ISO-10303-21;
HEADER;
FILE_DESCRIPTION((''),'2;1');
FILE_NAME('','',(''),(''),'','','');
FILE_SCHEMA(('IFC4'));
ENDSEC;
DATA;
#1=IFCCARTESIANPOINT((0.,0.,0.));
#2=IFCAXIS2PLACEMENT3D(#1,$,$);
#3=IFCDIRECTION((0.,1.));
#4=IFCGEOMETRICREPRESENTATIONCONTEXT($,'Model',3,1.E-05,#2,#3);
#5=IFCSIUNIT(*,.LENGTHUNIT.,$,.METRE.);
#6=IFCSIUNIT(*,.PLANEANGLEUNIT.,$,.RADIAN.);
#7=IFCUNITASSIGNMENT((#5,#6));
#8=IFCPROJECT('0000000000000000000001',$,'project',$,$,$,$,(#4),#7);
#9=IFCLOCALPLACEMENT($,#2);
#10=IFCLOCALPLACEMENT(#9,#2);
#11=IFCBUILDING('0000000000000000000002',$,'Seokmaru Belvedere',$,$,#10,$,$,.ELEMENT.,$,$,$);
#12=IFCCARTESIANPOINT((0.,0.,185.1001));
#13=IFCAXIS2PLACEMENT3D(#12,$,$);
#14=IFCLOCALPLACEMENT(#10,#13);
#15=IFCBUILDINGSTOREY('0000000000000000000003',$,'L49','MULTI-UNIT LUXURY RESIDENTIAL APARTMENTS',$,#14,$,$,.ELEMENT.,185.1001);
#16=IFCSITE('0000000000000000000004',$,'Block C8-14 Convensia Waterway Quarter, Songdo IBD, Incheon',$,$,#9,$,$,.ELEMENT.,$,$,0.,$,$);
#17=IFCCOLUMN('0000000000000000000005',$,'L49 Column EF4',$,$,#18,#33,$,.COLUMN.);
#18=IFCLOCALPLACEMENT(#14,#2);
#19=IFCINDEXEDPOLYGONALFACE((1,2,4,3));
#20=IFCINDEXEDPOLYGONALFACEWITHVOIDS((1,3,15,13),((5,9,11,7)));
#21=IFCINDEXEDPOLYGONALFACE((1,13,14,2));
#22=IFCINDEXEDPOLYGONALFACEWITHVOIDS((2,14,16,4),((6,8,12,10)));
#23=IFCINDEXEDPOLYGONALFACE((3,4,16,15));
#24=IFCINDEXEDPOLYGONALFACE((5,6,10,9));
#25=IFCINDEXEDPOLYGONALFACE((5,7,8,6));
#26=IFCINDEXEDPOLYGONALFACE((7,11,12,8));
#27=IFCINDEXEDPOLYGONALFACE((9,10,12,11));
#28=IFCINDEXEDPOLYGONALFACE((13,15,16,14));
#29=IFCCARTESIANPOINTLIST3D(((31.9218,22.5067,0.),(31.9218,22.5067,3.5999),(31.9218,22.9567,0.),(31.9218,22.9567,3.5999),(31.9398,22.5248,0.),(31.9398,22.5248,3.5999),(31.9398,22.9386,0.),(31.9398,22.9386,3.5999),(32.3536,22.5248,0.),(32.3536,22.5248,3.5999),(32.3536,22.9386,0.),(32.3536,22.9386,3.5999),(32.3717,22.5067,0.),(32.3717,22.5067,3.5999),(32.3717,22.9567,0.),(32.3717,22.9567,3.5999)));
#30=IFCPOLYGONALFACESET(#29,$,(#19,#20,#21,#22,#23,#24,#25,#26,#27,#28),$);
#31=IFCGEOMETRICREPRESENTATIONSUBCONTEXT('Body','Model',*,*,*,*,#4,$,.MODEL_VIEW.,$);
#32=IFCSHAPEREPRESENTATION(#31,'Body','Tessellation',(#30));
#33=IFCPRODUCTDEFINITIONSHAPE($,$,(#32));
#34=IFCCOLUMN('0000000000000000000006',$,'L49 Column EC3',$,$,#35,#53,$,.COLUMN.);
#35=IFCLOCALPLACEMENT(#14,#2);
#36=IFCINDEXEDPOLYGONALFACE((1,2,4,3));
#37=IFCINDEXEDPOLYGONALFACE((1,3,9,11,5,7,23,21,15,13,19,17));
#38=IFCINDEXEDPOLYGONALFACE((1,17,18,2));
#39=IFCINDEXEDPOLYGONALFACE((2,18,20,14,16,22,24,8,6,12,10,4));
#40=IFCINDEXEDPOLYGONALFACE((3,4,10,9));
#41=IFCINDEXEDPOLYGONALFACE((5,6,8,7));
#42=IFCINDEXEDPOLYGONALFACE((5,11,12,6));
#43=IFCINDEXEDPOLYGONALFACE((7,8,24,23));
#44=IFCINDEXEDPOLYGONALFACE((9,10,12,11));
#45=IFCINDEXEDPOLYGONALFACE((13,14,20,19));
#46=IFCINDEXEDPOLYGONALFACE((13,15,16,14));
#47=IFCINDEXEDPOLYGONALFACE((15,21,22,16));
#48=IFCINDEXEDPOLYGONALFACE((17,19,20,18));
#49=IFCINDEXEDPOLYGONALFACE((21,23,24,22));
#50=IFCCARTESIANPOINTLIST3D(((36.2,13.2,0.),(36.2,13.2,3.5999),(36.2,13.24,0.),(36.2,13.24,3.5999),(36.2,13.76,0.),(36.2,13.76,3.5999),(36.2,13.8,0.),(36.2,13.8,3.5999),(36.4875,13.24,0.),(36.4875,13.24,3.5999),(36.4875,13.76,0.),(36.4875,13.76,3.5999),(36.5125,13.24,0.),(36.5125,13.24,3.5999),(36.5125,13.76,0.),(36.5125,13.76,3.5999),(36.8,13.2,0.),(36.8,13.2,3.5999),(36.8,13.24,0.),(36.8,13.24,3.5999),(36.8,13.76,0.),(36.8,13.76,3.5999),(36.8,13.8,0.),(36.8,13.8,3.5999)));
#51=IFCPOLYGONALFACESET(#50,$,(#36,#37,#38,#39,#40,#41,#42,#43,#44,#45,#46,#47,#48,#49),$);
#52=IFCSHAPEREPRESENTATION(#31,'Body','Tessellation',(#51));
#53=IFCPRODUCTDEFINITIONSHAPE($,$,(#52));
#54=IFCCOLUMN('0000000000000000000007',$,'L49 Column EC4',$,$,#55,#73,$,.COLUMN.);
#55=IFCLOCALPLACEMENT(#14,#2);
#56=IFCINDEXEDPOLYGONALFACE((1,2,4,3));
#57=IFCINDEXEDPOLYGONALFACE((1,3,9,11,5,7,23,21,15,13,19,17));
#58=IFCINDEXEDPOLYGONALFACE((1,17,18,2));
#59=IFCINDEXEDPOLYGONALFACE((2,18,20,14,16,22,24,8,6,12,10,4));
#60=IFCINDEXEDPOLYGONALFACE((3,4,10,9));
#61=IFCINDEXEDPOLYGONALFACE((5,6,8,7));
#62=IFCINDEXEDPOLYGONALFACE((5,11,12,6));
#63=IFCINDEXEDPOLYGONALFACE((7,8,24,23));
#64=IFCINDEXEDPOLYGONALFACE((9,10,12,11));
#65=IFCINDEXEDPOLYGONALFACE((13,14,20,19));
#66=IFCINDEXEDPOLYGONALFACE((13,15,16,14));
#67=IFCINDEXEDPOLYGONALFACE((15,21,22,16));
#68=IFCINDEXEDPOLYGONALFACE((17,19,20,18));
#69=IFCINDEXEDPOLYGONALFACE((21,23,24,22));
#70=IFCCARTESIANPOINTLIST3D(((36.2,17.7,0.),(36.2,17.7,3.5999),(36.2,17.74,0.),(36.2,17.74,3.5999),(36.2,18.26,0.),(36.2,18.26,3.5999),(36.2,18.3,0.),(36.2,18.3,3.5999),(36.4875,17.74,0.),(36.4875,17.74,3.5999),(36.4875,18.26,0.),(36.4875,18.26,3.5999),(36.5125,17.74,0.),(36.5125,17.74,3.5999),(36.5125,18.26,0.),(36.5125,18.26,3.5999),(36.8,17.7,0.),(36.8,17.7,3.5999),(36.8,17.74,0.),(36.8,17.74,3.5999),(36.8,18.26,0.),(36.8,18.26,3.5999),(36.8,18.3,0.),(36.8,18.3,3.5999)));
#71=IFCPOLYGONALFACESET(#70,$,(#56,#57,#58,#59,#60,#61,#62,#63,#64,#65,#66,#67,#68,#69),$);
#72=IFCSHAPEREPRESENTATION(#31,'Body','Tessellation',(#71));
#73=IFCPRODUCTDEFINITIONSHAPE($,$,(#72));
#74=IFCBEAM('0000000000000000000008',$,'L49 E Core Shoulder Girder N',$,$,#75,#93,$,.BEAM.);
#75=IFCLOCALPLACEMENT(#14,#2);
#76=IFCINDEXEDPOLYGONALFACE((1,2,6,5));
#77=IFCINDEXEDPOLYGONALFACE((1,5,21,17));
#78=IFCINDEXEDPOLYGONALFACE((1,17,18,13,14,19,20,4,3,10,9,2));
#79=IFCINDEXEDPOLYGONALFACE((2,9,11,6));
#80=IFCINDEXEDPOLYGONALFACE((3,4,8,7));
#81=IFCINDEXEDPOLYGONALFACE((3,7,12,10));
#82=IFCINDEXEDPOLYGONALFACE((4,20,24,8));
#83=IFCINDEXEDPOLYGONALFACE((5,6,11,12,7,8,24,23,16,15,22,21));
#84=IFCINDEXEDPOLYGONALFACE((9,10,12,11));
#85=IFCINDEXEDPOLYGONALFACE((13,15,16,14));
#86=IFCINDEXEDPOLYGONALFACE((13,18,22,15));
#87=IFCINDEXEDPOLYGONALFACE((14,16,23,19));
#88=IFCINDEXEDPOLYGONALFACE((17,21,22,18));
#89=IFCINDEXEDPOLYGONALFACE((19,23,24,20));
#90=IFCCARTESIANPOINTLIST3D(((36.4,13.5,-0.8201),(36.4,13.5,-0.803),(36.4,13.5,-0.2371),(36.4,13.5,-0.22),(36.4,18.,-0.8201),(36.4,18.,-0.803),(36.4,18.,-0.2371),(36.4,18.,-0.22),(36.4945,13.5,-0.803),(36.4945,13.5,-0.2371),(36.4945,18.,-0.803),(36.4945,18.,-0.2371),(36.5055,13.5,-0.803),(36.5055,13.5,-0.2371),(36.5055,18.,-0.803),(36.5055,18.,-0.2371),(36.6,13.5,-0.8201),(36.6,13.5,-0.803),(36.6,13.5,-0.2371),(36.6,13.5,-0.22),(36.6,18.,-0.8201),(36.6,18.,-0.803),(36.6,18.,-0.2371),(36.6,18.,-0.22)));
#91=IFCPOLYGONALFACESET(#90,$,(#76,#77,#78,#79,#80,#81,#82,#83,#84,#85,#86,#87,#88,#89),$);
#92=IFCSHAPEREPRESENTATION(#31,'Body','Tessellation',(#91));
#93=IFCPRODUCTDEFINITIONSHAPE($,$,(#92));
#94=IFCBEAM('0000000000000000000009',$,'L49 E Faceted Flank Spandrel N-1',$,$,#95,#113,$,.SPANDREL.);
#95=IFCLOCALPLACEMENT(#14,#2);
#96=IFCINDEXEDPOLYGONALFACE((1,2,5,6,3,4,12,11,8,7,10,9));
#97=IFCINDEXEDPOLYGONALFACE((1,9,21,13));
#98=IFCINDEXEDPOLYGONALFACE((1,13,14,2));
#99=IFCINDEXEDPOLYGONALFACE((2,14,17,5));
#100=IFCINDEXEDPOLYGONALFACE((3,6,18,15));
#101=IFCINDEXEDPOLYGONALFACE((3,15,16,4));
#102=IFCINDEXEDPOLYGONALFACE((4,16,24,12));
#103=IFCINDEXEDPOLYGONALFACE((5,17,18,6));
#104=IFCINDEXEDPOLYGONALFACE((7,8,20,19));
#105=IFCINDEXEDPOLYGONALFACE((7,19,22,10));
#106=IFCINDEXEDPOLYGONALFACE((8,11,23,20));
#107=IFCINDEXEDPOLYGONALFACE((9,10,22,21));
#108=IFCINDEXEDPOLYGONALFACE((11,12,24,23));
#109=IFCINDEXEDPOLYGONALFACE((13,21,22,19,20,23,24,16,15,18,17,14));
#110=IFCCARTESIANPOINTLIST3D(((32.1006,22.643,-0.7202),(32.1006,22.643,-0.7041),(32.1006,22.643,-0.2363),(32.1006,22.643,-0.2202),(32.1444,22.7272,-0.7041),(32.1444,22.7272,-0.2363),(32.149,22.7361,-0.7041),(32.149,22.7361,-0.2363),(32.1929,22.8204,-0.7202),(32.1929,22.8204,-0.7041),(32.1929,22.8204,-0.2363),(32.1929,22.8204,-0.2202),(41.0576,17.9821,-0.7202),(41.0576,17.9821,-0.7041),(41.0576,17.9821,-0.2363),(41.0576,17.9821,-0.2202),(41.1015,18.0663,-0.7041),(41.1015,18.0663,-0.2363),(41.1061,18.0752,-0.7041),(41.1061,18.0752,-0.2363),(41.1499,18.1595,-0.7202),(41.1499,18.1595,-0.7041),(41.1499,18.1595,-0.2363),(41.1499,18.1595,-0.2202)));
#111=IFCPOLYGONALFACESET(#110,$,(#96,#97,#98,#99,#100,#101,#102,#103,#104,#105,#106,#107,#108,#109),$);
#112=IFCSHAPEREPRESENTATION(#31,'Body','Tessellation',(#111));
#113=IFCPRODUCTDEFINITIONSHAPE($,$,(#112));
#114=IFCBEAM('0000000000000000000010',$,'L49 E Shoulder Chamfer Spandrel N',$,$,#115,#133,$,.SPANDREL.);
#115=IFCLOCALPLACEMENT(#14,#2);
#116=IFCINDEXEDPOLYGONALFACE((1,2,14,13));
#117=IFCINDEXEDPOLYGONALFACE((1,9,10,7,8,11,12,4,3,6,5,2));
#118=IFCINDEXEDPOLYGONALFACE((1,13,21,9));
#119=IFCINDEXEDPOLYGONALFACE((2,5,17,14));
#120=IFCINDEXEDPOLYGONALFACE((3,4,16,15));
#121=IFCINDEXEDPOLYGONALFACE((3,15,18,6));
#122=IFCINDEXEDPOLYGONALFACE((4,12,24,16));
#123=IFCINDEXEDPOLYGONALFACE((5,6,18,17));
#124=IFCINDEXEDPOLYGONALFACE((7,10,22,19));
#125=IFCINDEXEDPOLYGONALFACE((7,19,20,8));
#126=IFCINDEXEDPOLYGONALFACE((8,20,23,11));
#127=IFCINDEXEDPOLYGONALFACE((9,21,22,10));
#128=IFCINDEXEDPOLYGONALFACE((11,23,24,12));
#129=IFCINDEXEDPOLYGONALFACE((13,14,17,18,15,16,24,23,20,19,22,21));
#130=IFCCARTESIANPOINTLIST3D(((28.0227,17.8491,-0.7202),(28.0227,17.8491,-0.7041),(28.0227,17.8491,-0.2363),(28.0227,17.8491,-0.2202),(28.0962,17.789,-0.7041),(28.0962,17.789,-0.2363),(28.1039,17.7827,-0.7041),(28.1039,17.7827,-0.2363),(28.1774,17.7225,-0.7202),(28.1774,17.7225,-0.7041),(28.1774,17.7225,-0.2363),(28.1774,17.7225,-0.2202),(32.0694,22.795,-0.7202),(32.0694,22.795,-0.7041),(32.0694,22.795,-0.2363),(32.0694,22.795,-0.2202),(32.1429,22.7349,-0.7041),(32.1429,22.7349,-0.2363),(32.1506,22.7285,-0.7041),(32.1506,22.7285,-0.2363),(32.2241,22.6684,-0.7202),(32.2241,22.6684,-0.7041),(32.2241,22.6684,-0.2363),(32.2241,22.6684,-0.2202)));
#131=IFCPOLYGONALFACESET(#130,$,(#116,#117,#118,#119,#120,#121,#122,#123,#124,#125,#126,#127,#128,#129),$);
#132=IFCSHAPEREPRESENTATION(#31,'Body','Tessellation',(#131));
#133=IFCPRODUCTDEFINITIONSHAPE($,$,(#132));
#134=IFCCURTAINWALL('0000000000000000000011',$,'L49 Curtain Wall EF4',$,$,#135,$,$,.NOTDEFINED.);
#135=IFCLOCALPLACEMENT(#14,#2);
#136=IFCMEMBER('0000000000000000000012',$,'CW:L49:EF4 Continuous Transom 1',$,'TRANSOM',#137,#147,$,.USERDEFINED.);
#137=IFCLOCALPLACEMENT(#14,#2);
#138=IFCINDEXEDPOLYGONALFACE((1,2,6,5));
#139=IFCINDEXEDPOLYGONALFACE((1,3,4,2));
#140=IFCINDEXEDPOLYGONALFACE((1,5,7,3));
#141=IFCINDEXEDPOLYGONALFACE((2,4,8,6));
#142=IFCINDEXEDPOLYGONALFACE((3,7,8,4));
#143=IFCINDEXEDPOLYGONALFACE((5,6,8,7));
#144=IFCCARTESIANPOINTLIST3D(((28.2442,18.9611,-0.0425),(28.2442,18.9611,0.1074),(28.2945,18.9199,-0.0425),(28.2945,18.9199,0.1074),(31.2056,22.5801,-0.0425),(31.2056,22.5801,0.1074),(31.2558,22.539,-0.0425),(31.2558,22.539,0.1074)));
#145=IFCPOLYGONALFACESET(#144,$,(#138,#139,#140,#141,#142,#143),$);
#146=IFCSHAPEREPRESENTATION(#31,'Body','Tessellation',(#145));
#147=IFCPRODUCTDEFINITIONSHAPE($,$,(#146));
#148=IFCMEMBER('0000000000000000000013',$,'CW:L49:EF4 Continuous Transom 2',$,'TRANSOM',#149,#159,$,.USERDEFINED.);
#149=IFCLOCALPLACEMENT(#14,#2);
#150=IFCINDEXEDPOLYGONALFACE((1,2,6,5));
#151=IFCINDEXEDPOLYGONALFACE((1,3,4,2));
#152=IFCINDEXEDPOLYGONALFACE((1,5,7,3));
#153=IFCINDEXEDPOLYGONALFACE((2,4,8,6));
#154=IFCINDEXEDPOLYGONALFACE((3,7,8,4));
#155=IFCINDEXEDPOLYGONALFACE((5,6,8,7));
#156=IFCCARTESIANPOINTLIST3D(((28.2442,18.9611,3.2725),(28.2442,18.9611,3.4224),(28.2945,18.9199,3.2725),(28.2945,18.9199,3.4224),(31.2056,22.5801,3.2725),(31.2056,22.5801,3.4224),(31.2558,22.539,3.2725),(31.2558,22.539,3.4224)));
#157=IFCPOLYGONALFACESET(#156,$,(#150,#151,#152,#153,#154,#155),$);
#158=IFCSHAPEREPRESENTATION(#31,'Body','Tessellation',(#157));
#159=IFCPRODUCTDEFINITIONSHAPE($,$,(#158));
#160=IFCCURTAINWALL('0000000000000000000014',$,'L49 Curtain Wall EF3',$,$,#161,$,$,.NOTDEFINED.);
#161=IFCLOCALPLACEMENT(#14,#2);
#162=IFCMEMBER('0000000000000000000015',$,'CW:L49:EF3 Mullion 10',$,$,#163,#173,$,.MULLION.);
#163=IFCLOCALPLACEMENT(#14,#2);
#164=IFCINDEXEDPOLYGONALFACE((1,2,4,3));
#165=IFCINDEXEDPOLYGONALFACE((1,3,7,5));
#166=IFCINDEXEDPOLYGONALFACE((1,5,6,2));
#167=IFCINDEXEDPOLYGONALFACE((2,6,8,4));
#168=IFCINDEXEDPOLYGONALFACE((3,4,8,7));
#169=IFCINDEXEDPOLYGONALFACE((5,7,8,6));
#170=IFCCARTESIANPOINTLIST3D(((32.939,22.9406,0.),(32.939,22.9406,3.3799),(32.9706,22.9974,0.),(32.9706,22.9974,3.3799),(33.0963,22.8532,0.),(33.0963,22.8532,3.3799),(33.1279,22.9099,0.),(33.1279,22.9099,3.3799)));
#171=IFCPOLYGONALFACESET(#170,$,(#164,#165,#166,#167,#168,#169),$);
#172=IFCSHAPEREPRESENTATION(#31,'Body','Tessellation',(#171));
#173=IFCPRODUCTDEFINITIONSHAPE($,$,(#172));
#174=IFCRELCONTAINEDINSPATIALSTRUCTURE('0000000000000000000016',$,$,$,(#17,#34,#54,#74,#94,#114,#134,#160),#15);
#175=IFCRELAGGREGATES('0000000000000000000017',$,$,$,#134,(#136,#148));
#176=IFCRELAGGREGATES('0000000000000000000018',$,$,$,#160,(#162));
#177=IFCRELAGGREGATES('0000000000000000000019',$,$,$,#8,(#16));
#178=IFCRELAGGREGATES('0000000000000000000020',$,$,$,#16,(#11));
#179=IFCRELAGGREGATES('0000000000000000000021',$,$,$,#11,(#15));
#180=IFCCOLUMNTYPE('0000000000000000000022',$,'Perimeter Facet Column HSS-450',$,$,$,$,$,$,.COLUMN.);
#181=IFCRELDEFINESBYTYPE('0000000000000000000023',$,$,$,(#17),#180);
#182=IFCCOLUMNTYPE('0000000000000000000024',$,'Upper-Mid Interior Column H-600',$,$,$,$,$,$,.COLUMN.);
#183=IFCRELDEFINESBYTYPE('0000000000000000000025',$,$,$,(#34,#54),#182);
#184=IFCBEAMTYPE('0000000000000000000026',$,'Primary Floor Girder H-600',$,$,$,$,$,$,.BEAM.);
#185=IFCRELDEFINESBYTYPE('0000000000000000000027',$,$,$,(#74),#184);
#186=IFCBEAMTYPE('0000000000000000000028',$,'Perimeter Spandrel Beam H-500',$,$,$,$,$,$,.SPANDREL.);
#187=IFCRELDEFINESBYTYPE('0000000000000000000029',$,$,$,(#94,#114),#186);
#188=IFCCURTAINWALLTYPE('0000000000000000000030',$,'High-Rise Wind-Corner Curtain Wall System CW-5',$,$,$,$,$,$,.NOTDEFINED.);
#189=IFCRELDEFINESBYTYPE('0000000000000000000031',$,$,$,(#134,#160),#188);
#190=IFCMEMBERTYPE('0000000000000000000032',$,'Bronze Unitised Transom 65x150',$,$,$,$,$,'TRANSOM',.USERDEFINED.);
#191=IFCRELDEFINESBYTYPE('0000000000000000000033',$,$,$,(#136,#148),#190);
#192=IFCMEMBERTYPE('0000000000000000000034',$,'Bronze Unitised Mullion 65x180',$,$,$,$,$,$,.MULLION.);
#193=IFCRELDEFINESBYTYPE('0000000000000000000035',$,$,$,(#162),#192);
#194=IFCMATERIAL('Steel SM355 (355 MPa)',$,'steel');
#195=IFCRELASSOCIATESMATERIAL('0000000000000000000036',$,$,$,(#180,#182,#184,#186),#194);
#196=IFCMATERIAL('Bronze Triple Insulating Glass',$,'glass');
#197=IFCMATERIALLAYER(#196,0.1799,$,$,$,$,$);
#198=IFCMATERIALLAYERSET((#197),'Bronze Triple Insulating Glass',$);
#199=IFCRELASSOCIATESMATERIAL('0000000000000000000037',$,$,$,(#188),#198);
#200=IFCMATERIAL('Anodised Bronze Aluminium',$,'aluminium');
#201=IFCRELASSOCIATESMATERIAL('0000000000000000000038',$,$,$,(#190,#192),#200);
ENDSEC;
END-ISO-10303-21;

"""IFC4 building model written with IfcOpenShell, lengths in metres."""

from ifc_helpers import new_model, si_unit, direction, frame, origin, origin_2d, place, context, subcontext, project, spatial, rectangle, hollow_rectangle, i_section, extrude, source, transform, mapped, material, layer, layer_set, material_profile, profile_set, type_object, type_shapes, element, aggregate, save


model = new_model("IFC4")

# Units and contexts
model_context = context("Model", 3, precision=1e-05, world=origin(), true_north=direction((0.0, 1.0)))
body_context = subcontext(model_context, "Body", "Model", "MODEL_VIEW")
ifc_project = project(units=[si_unit("LENGTHUNIT", "METRE"), si_unit("PLANEANGLEUNIT", "RADIAN")], contexts=[model_context])

# Site, building, storey
site_placement = place(None, origin())
site = spatial("IfcSite", under=ifc_project, at=site_placement, Name="Block C8-14 Convensia Waterway Quarter, Songdo IBD, Incheon", CompositionType="ELEMENT", RefElevation=0.0)
building_placement = place(site_placement, origin())
building = spatial("IfcBuilding", under=site, at=building_placement, Name="Seokmaru Belvedere", CompositionType="ELEMENT")
storey_placement = place(building_placement, frame((0.0, 0.0, 185.1001)))
storey = spatial("IfcBuildingStorey", under=building, at=storey_placement, Name="L49", Description="MULTI-UNIT LUXURY RESIDENTIAL APARTMENTS", CompositionType="ELEMENT", Elevation=185.1001)

# Columns
ifc_material_1 = material(Name="Steel SM355 (355 MPa)", Category="steel")
ifc_material_profile_1 = material_profile(ifc_material_1, hollow_rectangle(XDim=0.45, YDim=0.45, WallThickness=0.0181, at=origin_2d()), Name="HSS-450x450x18")
ifc_profile_set_1 = profile_set([ifc_material_profile_1], Name="Steel SM355 (355 MPa)")
column_type_1 = type_object("IfcColumnType", Name="Perimeter Facet Column HSS-450", PredefinedType="COLUMN", material=ifc_profile_set_1)
shared_shape_1 = source(origin(), body_context, "Body", "SweptSolid", [
    extrude(hollow_rectangle(XDim=0.45, YDim=0.45, WallThickness=0.0181, at=origin_2d()), origin(), (0.0, 0.0, 1.0), 3.5999),
])
type_shapes(column_type_1, [shared_shape_1])
column_placement = place(storey_placement, frame((32.1467, 22.7317, 0.0), z_axis=(0.0, 0.0, 1.0), x_axis=(1.0, 0.0, 0.0)))
element("IfcColumn", 1, at=column_placement, inside=storey, type_object=column_type_1, Name="L49 Column EF4", PredefinedType="COLUMN", context=body_context, shape_type="MappedRepresentation", body=[
    mapped(shared_shape_1, transform((0.0, 0.0, 0.0), scale=1.0)),
])
ifc_material_profile_2 = material_profile(ifc_material_1, i_section(OverallWidth=0.6001, OverallDepth=0.6001, WebThickness=0.0249, FlangeThickness=0.04, at=origin_2d()), Name="H-600x600x25x40")
ifc_profile_set_2 = profile_set([ifc_material_profile_2], Name="Steel SM355 (355 MPa)")
column_type_2 = type_object("IfcColumnType", Name="Upper-Mid Interior Column H-600", PredefinedType="COLUMN", material=ifc_profile_set_2)
shared_shape_2 = source(origin(), body_context, "Body", "SweptSolid", [
    extrude(i_section(OverallWidth=0.6001, OverallDepth=0.6001, WebThickness=0.0249, FlangeThickness=0.04, at=origin_2d()), origin(), (0.0, 0.0, 1.0), 3.5999),
])
type_shapes(column_type_2, [shared_shape_2])
for number, where, z_axis, x_axis, name in (
    (2, (36.5, 13.5, 0.0), (0.0, 0.0, 1.0), (1.0, 0.0, 0.0), "L49 Column EC3"),
    (3, (36.5, 18.0, 0.0), (0.0, 0.0, 1.0), (1.0, 0.0, 0.0), "L49 Column EC4"),
):
    element("IfcColumn", number, at=place(storey_placement, frame(where, z_axis=z_axis, x_axis=x_axis)), inside=storey, type_object=column_type_2, Name=name, PredefinedType="COLUMN", context=body_context, shape_type="MappedRepresentation", body=[
        mapped(shared_shape_2, transform((0.0, 0.0, 0.0), scale=1.0)),
    ])

# Beams
ifc_material_profile_3 = material_profile(ifc_material_1, i_section(OverallWidth=0.2, OverallDepth=0.6001, WebThickness=0.011, FlangeThickness=0.0171, at=origin_2d()), Name="H-600x200x11x17")
ifc_profile_set_3 = profile_set([ifc_material_profile_3], Name="Steel SM355 (355 MPa)")
beam_type_1 = type_object("IfcBeamType", Name="Primary Floor Girder H-600", PredefinedType="BEAM", material=ifc_profile_set_3)
shared_shape_3 = source(origin(), body_context, "Body", "SweptSolid", [
    extrude(i_section(OverallWidth=0.2, OverallDepth=0.6001, WebThickness=0.011, FlangeThickness=0.0171, at=origin_2d()), origin(), (0.0, 0.0, 1.0), 4.5),
])
type_shapes(beam_type_1, [shared_shape_3])
beam_1_placement = place(storey_placement, frame((36.5, 13.5, -0.52), z_axis=(0.0, 1.0, 0.0), x_axis=(-1.0, 0.0, 0.0)))
element("IfcBeam", 4, at=beam_1_placement, inside=storey, type_object=beam_type_1, Name="L49 E Core Shoulder Girder N", PredefinedType="BEAM", context=body_context, shape_type="MappedRepresentation", body=[
    mapped(shared_shape_3, transform((0.0, 0.0, 0.0), scale=1.0)),
])
ifc_material_profile_4 = material_profile(ifc_material_1, i_section(OverallWidth=0.2, OverallDepth=0.5, WebThickness=0.01, FlangeThickness=0.0161, at=origin_2d()), Name="H-500x200x10x16")
ifc_profile_set_4 = profile_set([ifc_material_profile_4], Name="Steel SM355 (355 MPa)")
beam_type_2 = type_object("IfcBeamType", Name="Perimeter Spandrel Beam H-500", PredefinedType="SPANDREL", material=ifc_profile_set_4)
shared_shape_4 = source(origin(), body_context, "Body", "SweptSolid", [
    extrude(i_section(OverallWidth=0.2, OverallDepth=0.5, WebThickness=0.01, FlangeThickness=0.0161, at=origin_2d()), origin(), (0.0, 0.0, 1.0), 10.0972),
])
beam_2_placement = place(storey_placement, frame((32.1467, 22.7317, -0.4702), z_axis=(0.887086, -0.461605, 0.0), x_axis=(0.461605, 0.887086, 0.0)))
element("IfcBeam", 5, at=beam_2_placement, inside=storey, type_object=beam_type_2, Name="L49 E Faceted Flank Spandrel N-1", PredefinedType="SPANDREL", context=body_context, shape_type="MappedRepresentation", body=[
    mapped(shared_shape_4, transform((0.0, 0.0, 0.0), scale=1.0)),
])
shared_shape_5 = source(origin(), body_context, "Body", "SweptSolid", [
    extrude(i_section(OverallWidth=0.2, OverallDepth=0.5, WebThickness=0.01, FlangeThickness=0.0161, at=origin_2d()), origin(), (0.0, 0.0, 1.0), 6.3904),
])
type_shapes(beam_type_2, [shared_shape_4, shared_shape_5])
beam_3_placement = place(storey_placement, frame((32.1467, 22.7317, -0.4702), z_axis=(-0.633244, -0.773952, 0.0), x_axis=(0.773952, -0.633244, 0.0)))
element("IfcBeam", 6, at=beam_3_placement, inside=storey, type_object=beam_type_2, Name="L49 E Shoulder Chamfer Spandrel N", PredefinedType="SPANDREL", context=body_context, shape_type="MappedRepresentation", body=[
    mapped(shared_shape_5, transform((0.0, 0.0, 0.0), scale=1.0)),
])

# Curtain wall, members
ifc_material_2 = material(Name="Bronze Triple Insulating Glass", Category="glass")
ifc_layer_1 = layer(ifc_material_2, 0.1799)
ifc_layer_set_1 = layer_set([ifc_layer_1], Name="Bronze Triple Insulating Glass")
curtain_wall_type = type_object("IfcCurtainWallType", Name="High-Rise Wind-Corner Curtain Wall System CW-5", PredefinedType="NOTDEFINED", material=ifc_layer_set_1)
curtain_wall_1_placement = place(storey_placement, origin())
curtain_wall_1 = element("IfcCurtainWall", 7, at=curtain_wall_1_placement, inside=storey, type_object=curtain_wall_type, Name="L49 Curtain Wall EF4", PredefinedType="NOTDEFINED")
ifc_material_3 = material(Name="Anodised Bronze Aluminium", Category="aluminium")
ifc_material_profile_5 = material_profile(ifc_material_3, rectangle(XDim=0.0649, YDim=0.1499, at=origin_2d()), Name="CW-T-65x150")
ifc_profile_set_5 = profile_set([ifc_material_profile_5], Name="Anodised Bronze Aluminium")
member_type_1 = type_object("IfcMemberType", Name="Bronze Unitised Transom 65x150", ElementType="TRANSOM", PredefinedType="USERDEFINED", material=ifc_profile_set_5)
shared_shape_6 = source(origin(), body_context, "Body", "SweptSolid", [
    extrude(rectangle(XDim=0.0649, YDim=0.1499, at=origin_2d()), origin(), (0.0, 0.0, 1.0), 4.6763),
])
type_shapes(member_type_1, [shared_shape_6])
member_1_placement = place(storey_placement, frame((31.2307, 22.5596, 0.0325), z_axis=(-0.633278, -0.773925, 0.0), x_axis=(0.773925, -0.633278, 0.0)))
member_1 = element("IfcMember", 8, at=member_1_placement, type_object=member_type_1, Name="CW:L49:EF4 Continuous Transom 1", ObjectType="TRANSOM", PredefinedType="USERDEFINED", context=body_context, shape_type="MappedRepresentation", body=[
    mapped(shared_shape_6, transform((0.0, 0.0, 0.0), scale=1.0)),
])
member_2_placement = place(storey_placement, frame((31.2307, 22.5596, 3.3474), z_axis=(-0.633278, -0.773925, 0.0), x_axis=(0.773925, -0.633278, 0.0)))
member_2 = element("IfcMember", 9, at=member_2_placement, type_object=member_type_1, Name="CW:L49:EF4 Continuous Transom 2", ObjectType="TRANSOM", PredefinedType="USERDEFINED", context=body_context, shape_type="MappedRepresentation", body=[
    mapped(shared_shape_6, transform((0.0, 0.0, 0.0), scale=1.0)),
])

# Curtain wall, member
curtain_wall_2_placement = place(storey_placement, origin())
curtain_wall_2 = element("IfcCurtainWall", 10, at=curtain_wall_2_placement, inside=storey, type_object=curtain_wall_type, Name="L49 Curtain Wall EF3", PredefinedType="NOTDEFINED")
ifc_material_profile_6 = material_profile(ifc_material_3, rectangle(XDim=0.0649, YDim=0.1799, at=origin_2d()), Name="CW-M-65x180")
ifc_profile_set_6 = profile_set([ifc_material_profile_6], Name="Anodised Bronze Aluminium")
member_type_2 = type_object("IfcMemberType", Name="Bronze Unitised Mullion 65x180", PredefinedType="MULLION", material=ifc_profile_set_6)
shared_shape_7 = source(origin(), body_context, "Body", "SweptSolid", [
    extrude(rectangle(XDim=0.0649, YDim=0.1799, at=origin_2d()), origin(), (0.0, 0.0, 1.0), 3.3799),
])
type_shapes(member_type_2, [shared_shape_7])
member_3_placement = place(storey_placement, frame((33.0334, 22.9253, 0.0), z_axis=(0.0, 0.0, 1.0), x_axis=(-0.486047, -0.873933, 0.0)))
member_3 = element("IfcMember", 11, at=member_3_placement, type_object=member_type_2, Name="CW:L49:EF3 Mullion 10", PredefinedType="MULLION", context=body_context, shape_type="MappedRepresentation", body=[
    mapped(shared_shape_7, transform((0.0, 0.0, 0.0), scale=1.0)),
])

aggregate(curtain_wall_1, [member_1, member_2])
aggregate(curtain_wall_2, [member_3])

save(model, "model.ifc")
